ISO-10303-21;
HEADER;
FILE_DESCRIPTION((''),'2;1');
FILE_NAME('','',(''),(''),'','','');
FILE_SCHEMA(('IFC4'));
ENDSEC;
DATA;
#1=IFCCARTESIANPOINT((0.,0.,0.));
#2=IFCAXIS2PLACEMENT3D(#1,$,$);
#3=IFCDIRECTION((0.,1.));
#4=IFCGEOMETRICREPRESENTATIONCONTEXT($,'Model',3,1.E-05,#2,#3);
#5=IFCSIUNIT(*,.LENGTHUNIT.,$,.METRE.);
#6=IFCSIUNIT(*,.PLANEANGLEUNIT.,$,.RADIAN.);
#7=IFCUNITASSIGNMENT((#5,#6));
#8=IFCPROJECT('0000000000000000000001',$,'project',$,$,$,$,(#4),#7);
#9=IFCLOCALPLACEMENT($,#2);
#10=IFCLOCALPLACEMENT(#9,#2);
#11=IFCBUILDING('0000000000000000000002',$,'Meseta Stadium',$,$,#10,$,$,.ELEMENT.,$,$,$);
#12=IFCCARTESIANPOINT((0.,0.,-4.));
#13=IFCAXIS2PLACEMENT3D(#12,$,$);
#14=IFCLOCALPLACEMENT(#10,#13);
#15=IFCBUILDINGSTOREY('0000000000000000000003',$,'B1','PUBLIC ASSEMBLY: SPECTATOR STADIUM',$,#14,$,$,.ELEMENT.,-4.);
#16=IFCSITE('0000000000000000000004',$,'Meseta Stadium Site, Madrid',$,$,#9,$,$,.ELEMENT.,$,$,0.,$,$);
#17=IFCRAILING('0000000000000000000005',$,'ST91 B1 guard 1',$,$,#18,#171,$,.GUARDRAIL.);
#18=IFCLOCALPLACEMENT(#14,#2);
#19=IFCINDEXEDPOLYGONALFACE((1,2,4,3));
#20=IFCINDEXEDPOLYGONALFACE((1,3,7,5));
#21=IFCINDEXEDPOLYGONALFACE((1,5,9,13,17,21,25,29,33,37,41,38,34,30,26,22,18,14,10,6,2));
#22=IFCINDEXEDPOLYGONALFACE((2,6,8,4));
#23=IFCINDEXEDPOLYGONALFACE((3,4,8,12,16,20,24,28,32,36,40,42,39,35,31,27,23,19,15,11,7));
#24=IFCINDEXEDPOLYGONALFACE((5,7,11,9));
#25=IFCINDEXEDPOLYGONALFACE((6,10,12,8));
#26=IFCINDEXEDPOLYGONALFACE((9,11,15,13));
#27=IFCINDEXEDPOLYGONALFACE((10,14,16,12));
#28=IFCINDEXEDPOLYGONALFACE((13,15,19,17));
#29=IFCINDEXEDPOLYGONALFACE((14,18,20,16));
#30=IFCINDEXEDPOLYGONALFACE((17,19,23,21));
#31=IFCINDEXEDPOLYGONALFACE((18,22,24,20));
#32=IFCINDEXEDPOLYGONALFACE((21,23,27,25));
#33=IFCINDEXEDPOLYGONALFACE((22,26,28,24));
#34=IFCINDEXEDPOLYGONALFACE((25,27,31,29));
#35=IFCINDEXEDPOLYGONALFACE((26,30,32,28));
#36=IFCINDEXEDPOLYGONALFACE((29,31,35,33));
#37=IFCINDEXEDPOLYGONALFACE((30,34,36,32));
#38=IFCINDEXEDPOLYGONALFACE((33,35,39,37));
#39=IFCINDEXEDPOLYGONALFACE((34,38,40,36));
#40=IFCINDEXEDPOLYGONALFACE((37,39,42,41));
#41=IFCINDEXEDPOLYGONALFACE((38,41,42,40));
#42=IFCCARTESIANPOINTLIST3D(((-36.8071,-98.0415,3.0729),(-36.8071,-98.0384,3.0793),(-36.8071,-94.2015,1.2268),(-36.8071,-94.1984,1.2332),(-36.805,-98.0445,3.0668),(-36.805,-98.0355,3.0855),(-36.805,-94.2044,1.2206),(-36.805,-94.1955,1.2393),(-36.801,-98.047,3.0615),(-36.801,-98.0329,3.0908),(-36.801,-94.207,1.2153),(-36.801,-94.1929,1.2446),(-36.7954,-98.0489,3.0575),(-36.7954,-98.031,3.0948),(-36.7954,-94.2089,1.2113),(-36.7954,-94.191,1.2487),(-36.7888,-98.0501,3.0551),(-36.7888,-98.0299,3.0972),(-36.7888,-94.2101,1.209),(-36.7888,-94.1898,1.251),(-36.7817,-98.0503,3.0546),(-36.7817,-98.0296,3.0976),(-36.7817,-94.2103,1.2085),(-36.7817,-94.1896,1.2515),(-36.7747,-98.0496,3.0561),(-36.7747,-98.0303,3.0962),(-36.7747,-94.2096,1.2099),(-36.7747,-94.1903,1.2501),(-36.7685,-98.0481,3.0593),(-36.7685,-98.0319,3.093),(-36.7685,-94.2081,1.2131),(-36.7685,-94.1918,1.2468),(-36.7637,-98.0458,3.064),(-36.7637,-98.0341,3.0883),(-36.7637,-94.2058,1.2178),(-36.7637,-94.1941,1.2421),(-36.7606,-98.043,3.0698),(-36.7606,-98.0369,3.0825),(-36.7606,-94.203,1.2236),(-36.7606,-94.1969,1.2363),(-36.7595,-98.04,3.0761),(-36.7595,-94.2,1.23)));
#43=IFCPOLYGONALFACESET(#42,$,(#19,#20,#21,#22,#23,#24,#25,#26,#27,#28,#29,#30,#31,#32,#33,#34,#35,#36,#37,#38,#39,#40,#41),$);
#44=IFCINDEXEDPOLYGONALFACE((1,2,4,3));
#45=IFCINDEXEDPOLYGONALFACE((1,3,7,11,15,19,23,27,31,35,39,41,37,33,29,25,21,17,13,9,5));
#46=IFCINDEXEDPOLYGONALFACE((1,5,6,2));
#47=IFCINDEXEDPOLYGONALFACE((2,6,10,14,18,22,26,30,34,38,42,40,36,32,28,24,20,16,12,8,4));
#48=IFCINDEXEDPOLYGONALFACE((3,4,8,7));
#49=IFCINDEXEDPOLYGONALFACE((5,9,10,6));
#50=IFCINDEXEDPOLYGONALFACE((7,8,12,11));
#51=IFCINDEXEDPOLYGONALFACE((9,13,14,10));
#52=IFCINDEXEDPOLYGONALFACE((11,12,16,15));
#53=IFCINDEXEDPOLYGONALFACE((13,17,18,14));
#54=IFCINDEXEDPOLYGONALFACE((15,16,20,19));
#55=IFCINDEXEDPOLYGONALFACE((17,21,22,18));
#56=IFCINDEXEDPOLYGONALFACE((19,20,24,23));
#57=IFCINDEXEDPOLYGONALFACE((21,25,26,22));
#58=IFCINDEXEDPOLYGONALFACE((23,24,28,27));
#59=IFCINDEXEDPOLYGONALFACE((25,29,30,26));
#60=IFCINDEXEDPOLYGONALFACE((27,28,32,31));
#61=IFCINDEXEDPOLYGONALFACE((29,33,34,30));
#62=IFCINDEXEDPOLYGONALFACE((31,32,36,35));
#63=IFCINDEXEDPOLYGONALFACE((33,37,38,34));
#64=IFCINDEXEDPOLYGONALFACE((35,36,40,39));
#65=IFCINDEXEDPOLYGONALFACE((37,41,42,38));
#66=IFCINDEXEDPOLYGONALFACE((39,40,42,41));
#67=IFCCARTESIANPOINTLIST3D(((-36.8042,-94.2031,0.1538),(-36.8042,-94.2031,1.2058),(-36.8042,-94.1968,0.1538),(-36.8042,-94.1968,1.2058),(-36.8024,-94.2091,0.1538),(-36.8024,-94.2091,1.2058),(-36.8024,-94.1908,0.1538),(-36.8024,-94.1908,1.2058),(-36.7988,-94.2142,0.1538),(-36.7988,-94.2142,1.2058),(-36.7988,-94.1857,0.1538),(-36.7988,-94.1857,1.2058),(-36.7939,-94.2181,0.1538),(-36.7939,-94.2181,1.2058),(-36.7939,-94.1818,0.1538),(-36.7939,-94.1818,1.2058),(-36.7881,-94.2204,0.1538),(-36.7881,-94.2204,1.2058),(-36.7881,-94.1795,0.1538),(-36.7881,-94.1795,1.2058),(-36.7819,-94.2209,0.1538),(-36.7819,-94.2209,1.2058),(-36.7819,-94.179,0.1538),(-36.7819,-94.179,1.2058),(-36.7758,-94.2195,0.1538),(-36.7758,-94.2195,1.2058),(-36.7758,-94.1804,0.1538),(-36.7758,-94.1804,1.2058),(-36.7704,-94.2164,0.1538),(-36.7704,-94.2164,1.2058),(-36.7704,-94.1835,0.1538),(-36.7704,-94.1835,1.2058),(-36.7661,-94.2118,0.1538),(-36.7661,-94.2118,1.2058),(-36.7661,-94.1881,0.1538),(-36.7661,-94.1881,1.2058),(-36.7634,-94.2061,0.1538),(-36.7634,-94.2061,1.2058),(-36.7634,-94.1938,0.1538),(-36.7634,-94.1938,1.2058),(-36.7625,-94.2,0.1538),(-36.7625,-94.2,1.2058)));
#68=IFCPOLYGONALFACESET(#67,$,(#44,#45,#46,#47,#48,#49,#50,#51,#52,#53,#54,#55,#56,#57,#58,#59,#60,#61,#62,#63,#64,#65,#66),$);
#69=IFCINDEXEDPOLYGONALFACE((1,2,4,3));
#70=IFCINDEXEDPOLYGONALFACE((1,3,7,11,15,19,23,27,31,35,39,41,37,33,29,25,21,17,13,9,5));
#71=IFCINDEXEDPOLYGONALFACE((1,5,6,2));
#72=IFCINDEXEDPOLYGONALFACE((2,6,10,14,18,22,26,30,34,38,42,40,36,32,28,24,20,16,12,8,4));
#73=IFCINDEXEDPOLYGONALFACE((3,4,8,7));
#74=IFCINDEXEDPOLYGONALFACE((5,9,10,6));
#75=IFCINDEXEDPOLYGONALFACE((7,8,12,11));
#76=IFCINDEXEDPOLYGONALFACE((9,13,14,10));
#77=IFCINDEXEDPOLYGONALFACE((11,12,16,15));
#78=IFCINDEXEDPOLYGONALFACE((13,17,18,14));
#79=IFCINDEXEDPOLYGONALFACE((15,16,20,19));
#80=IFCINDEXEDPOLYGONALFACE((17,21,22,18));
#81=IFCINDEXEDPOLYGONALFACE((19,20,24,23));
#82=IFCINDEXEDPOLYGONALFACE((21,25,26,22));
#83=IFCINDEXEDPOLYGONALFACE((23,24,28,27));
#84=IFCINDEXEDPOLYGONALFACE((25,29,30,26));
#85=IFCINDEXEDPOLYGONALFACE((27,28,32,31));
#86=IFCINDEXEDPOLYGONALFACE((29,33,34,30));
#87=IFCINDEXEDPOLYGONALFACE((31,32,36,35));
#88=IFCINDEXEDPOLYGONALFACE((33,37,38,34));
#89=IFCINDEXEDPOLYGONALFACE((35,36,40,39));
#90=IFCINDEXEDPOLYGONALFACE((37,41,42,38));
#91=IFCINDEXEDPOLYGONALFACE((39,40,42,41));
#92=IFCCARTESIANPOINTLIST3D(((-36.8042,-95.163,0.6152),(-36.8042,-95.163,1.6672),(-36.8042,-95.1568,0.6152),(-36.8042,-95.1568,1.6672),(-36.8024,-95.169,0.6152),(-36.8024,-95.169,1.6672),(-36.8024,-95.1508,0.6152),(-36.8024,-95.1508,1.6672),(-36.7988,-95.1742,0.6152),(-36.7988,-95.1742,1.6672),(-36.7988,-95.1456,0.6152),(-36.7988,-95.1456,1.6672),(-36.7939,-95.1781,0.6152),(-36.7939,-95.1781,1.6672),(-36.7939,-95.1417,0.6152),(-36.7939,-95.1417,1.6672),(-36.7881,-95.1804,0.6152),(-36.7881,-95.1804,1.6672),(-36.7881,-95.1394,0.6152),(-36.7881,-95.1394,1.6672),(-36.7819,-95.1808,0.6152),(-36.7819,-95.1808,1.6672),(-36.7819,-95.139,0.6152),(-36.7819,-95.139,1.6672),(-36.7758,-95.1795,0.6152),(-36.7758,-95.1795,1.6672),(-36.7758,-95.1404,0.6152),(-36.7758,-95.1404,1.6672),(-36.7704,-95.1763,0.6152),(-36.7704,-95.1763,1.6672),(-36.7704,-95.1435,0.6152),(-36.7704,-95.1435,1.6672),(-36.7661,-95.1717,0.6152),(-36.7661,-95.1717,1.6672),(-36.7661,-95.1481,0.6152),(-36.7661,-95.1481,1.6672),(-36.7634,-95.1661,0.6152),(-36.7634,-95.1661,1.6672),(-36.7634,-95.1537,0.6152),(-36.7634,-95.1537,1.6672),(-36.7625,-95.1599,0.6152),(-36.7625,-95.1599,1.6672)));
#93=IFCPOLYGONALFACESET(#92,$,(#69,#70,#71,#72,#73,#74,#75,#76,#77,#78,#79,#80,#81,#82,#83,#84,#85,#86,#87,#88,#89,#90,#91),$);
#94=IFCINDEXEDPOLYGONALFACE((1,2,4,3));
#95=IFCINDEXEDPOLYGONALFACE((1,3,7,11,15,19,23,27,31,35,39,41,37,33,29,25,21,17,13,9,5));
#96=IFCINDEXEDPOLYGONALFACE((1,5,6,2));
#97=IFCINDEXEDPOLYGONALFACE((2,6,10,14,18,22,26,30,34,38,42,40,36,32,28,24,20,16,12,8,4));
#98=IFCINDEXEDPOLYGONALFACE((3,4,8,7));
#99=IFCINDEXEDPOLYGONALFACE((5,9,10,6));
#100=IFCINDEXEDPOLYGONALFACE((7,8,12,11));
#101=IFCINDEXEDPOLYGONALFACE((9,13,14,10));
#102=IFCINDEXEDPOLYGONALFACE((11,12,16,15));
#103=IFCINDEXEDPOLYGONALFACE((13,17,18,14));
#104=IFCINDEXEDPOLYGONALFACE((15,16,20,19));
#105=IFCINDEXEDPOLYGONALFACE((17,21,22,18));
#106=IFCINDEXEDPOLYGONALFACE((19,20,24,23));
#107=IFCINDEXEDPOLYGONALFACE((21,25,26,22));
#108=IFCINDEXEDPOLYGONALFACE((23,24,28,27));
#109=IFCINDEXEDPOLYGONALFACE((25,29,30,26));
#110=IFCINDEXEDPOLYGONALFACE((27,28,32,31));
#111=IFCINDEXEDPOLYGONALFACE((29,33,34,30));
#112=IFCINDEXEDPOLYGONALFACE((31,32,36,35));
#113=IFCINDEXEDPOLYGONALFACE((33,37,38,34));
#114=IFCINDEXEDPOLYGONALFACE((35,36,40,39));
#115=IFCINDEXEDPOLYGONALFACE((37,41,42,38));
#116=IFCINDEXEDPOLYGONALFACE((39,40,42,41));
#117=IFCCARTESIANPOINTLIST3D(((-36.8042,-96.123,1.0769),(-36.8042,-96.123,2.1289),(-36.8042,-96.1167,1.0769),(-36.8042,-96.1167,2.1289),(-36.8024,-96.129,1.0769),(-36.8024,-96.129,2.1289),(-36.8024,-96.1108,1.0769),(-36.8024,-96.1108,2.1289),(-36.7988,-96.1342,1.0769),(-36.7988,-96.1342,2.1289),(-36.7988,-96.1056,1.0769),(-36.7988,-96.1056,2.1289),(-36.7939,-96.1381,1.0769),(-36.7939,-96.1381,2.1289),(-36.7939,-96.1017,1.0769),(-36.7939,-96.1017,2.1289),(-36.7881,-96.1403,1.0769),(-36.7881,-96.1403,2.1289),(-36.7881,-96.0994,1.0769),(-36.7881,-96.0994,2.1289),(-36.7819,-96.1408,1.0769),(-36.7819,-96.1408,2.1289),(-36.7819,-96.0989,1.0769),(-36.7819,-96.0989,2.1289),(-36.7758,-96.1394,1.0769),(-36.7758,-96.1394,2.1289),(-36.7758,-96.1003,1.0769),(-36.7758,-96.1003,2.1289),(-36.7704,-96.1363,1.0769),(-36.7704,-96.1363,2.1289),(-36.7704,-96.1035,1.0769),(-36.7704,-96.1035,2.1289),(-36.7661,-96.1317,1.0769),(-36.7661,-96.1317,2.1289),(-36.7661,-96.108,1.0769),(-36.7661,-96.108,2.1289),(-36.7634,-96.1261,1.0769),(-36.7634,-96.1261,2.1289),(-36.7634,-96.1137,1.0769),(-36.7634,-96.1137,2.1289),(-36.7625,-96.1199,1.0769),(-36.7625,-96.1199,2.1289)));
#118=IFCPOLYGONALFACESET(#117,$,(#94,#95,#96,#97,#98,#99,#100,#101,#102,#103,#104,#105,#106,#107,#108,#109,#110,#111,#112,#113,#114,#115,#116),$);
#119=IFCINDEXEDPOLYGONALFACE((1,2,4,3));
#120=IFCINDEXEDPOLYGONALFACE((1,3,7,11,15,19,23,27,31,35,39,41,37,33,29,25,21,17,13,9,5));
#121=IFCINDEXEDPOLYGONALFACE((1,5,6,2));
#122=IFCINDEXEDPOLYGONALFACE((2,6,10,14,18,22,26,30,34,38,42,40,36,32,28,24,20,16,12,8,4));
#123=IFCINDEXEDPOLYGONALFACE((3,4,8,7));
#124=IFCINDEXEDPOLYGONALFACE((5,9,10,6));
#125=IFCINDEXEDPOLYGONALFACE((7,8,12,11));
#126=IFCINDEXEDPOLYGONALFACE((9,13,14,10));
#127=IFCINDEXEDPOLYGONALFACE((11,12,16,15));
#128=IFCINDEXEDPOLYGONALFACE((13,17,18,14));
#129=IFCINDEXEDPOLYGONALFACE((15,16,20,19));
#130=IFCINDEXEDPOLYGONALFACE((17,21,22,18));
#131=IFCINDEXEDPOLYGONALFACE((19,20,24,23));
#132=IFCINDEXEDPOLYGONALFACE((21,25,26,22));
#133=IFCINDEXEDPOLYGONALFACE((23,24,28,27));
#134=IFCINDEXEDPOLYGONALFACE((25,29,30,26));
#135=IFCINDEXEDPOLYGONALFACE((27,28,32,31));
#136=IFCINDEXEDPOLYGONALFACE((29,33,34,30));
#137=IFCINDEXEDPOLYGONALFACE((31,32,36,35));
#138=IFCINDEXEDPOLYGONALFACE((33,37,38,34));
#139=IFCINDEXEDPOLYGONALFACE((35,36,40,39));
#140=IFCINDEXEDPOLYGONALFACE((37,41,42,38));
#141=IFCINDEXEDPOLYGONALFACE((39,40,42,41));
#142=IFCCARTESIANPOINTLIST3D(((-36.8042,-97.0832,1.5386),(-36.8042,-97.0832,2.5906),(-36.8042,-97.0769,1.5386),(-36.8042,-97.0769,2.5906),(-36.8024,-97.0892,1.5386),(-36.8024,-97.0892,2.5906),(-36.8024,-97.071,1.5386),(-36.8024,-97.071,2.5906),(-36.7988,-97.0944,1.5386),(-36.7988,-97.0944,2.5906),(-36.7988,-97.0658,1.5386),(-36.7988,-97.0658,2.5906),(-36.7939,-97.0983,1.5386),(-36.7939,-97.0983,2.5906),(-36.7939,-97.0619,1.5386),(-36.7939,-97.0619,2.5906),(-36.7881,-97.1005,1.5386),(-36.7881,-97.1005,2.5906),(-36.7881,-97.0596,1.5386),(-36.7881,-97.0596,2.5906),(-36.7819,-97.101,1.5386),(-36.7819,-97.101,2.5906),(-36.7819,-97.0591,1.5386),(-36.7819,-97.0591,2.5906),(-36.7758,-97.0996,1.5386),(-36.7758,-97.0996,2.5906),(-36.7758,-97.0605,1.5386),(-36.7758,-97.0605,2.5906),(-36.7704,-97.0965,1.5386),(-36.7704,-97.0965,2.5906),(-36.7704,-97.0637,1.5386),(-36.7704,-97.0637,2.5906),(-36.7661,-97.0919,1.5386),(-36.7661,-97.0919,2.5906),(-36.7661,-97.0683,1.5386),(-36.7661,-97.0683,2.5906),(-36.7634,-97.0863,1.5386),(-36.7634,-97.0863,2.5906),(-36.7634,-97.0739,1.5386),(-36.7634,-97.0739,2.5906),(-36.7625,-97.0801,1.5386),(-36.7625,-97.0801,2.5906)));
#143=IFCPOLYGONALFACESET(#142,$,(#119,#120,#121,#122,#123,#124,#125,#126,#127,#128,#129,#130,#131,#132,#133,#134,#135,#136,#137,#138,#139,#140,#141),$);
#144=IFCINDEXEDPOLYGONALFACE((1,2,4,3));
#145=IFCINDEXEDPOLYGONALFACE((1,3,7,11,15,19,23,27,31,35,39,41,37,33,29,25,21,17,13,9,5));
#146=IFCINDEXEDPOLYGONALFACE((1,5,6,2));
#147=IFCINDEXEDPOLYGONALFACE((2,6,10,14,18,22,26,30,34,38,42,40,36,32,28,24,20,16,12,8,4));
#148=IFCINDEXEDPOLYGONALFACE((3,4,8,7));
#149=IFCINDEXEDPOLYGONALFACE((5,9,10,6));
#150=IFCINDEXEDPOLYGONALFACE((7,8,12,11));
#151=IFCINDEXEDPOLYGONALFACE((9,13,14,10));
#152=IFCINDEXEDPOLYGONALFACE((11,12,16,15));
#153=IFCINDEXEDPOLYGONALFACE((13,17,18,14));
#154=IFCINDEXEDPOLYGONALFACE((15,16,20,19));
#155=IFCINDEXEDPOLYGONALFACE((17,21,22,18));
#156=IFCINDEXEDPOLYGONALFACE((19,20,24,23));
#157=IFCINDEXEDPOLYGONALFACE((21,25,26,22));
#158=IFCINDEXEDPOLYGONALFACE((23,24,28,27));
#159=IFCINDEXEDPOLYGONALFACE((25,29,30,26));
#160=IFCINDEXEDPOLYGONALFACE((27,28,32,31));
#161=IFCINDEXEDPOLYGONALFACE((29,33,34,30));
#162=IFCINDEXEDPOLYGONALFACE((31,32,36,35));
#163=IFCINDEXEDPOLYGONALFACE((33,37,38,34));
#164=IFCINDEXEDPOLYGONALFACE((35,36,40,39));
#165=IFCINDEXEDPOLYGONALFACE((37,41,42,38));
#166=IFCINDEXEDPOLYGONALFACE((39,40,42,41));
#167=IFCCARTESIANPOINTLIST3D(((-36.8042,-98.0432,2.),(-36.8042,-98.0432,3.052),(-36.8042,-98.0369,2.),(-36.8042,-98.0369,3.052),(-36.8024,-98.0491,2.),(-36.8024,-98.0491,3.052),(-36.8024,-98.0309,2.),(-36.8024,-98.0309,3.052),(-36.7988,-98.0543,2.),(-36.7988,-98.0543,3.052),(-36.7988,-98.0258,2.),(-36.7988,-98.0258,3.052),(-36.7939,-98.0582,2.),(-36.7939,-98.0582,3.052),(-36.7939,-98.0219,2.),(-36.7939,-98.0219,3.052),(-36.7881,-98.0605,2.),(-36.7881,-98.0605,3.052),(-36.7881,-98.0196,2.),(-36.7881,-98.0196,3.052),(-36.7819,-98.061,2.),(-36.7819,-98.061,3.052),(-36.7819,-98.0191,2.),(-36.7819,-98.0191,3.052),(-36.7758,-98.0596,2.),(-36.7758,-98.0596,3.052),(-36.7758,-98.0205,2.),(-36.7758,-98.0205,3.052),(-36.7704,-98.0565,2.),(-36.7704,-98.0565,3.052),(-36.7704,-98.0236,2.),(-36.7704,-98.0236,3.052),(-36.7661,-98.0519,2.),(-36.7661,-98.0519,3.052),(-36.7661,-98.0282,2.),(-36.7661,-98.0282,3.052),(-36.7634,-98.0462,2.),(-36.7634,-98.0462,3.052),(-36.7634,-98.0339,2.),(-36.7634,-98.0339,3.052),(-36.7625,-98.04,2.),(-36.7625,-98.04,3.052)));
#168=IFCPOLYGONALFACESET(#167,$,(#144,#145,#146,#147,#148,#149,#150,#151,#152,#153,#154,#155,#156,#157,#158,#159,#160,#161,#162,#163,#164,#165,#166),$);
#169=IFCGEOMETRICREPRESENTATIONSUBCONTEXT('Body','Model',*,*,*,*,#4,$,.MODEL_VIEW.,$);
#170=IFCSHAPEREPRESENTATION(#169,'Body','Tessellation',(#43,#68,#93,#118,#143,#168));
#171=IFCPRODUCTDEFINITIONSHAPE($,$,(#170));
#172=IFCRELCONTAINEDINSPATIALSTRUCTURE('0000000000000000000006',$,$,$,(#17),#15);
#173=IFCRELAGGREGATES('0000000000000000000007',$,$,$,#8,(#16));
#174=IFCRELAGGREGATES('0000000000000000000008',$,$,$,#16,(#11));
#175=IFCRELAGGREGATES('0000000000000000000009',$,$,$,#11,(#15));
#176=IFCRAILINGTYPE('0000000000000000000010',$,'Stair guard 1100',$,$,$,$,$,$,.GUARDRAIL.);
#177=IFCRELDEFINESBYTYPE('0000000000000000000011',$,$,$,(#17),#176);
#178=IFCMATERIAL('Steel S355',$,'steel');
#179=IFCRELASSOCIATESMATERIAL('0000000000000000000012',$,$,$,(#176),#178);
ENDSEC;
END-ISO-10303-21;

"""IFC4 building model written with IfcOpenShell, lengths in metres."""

from ifc_helpers import new_model, si_unit, direction, frame, origin, origin_2d, place, context, subcontext, project, spatial, circle, extrude, material, type_object, element, save


model = new_model("IFC4")

# Units and contexts
model_context = context("Model", 3, precision=1e-05, world=origin(), true_north=direction((0.0, 1.0)))
body_context = subcontext(model_context, "Body", "Model", "MODEL_VIEW")
ifc_project = project(units=[si_unit("LENGTHUNIT", "METRE"), si_unit("PLANEANGLEUNIT", "RADIAN")], contexts=[model_context])

# Site, building, storey
site_placement = place(None, origin())
site = spatial("IfcSite", under=ifc_project, at=site_placement, Name="Meseta Stadium Site, Madrid", CompositionType="ELEMENT", RefElevation=0.0)
building_placement = place(site_placement, origin())
building = spatial("IfcBuilding", under=site, at=building_placement, Name="Meseta Stadium", CompositionType="ELEMENT")
storey_placement = place(building_placement, frame((0.0, 0.0, -4.0)))
storey = spatial("IfcBuildingStorey", under=building, at=storey_placement, Name="B1", Description="PUBLIC ASSEMBLY: SPECTATOR STADIUM", CompositionType="ELEMENT", Elevation=-4.0)

# Railing
ifc_material_1 = material(Name="Steel S355", Category="steel")
railing_type_1 = type_object("IfcRailingType", Name="Stair guard 1100", PredefinedType="GUARDRAIL", material=ifc_material_1)
railing_1_placement = place(storey_placement, frame((-36.7834, -94.2, 0.1538)))
element("IfcRailing", 1, at=railing_1_placement, inside=storey, type_object=railing_type_1, Name="ST91 B1 guard 1", PredefinedType="GUARDRAIL", context=body_context, shape_type="SweptSolid", body=[
    extrude(circle(Radius=0.0239, at=origin_2d()), frame((0.0, 0.0, 1.0762), z_axis=(0.0, -0.901253, 0.433294), x_axis=(1.0, 0.0, 0.0)), (0.0, 0.0, 1.0), 4.2607),
    extrude(circle(Radius=0.021, at=origin_2d()), origin(), (0.0, 0.0, 1.0), 1.052),
    extrude(circle(Radius=0.021, at=origin_2d()), frame((0.0, -0.96, 0.4614)), (0.0, 0.0, 1.0), 1.052),
    extrude(circle(Radius=0.021, at=origin_2d()), frame((0.0, -1.9199, 0.9231)), (0.0, 0.0, 1.0), 1.052),
    extrude(circle(Radius=0.021, at=origin_2d()), frame((0.0, -2.8801, 1.3848)), (0.0, 0.0, 1.0), 1.052),
    extrude(circle(Radius=0.021, at=origin_2d()), frame((0.0, -3.8401, 1.8462)), (0.0, 0.0, 1.0), 1.052),
])

save(model, "model.ifc")
